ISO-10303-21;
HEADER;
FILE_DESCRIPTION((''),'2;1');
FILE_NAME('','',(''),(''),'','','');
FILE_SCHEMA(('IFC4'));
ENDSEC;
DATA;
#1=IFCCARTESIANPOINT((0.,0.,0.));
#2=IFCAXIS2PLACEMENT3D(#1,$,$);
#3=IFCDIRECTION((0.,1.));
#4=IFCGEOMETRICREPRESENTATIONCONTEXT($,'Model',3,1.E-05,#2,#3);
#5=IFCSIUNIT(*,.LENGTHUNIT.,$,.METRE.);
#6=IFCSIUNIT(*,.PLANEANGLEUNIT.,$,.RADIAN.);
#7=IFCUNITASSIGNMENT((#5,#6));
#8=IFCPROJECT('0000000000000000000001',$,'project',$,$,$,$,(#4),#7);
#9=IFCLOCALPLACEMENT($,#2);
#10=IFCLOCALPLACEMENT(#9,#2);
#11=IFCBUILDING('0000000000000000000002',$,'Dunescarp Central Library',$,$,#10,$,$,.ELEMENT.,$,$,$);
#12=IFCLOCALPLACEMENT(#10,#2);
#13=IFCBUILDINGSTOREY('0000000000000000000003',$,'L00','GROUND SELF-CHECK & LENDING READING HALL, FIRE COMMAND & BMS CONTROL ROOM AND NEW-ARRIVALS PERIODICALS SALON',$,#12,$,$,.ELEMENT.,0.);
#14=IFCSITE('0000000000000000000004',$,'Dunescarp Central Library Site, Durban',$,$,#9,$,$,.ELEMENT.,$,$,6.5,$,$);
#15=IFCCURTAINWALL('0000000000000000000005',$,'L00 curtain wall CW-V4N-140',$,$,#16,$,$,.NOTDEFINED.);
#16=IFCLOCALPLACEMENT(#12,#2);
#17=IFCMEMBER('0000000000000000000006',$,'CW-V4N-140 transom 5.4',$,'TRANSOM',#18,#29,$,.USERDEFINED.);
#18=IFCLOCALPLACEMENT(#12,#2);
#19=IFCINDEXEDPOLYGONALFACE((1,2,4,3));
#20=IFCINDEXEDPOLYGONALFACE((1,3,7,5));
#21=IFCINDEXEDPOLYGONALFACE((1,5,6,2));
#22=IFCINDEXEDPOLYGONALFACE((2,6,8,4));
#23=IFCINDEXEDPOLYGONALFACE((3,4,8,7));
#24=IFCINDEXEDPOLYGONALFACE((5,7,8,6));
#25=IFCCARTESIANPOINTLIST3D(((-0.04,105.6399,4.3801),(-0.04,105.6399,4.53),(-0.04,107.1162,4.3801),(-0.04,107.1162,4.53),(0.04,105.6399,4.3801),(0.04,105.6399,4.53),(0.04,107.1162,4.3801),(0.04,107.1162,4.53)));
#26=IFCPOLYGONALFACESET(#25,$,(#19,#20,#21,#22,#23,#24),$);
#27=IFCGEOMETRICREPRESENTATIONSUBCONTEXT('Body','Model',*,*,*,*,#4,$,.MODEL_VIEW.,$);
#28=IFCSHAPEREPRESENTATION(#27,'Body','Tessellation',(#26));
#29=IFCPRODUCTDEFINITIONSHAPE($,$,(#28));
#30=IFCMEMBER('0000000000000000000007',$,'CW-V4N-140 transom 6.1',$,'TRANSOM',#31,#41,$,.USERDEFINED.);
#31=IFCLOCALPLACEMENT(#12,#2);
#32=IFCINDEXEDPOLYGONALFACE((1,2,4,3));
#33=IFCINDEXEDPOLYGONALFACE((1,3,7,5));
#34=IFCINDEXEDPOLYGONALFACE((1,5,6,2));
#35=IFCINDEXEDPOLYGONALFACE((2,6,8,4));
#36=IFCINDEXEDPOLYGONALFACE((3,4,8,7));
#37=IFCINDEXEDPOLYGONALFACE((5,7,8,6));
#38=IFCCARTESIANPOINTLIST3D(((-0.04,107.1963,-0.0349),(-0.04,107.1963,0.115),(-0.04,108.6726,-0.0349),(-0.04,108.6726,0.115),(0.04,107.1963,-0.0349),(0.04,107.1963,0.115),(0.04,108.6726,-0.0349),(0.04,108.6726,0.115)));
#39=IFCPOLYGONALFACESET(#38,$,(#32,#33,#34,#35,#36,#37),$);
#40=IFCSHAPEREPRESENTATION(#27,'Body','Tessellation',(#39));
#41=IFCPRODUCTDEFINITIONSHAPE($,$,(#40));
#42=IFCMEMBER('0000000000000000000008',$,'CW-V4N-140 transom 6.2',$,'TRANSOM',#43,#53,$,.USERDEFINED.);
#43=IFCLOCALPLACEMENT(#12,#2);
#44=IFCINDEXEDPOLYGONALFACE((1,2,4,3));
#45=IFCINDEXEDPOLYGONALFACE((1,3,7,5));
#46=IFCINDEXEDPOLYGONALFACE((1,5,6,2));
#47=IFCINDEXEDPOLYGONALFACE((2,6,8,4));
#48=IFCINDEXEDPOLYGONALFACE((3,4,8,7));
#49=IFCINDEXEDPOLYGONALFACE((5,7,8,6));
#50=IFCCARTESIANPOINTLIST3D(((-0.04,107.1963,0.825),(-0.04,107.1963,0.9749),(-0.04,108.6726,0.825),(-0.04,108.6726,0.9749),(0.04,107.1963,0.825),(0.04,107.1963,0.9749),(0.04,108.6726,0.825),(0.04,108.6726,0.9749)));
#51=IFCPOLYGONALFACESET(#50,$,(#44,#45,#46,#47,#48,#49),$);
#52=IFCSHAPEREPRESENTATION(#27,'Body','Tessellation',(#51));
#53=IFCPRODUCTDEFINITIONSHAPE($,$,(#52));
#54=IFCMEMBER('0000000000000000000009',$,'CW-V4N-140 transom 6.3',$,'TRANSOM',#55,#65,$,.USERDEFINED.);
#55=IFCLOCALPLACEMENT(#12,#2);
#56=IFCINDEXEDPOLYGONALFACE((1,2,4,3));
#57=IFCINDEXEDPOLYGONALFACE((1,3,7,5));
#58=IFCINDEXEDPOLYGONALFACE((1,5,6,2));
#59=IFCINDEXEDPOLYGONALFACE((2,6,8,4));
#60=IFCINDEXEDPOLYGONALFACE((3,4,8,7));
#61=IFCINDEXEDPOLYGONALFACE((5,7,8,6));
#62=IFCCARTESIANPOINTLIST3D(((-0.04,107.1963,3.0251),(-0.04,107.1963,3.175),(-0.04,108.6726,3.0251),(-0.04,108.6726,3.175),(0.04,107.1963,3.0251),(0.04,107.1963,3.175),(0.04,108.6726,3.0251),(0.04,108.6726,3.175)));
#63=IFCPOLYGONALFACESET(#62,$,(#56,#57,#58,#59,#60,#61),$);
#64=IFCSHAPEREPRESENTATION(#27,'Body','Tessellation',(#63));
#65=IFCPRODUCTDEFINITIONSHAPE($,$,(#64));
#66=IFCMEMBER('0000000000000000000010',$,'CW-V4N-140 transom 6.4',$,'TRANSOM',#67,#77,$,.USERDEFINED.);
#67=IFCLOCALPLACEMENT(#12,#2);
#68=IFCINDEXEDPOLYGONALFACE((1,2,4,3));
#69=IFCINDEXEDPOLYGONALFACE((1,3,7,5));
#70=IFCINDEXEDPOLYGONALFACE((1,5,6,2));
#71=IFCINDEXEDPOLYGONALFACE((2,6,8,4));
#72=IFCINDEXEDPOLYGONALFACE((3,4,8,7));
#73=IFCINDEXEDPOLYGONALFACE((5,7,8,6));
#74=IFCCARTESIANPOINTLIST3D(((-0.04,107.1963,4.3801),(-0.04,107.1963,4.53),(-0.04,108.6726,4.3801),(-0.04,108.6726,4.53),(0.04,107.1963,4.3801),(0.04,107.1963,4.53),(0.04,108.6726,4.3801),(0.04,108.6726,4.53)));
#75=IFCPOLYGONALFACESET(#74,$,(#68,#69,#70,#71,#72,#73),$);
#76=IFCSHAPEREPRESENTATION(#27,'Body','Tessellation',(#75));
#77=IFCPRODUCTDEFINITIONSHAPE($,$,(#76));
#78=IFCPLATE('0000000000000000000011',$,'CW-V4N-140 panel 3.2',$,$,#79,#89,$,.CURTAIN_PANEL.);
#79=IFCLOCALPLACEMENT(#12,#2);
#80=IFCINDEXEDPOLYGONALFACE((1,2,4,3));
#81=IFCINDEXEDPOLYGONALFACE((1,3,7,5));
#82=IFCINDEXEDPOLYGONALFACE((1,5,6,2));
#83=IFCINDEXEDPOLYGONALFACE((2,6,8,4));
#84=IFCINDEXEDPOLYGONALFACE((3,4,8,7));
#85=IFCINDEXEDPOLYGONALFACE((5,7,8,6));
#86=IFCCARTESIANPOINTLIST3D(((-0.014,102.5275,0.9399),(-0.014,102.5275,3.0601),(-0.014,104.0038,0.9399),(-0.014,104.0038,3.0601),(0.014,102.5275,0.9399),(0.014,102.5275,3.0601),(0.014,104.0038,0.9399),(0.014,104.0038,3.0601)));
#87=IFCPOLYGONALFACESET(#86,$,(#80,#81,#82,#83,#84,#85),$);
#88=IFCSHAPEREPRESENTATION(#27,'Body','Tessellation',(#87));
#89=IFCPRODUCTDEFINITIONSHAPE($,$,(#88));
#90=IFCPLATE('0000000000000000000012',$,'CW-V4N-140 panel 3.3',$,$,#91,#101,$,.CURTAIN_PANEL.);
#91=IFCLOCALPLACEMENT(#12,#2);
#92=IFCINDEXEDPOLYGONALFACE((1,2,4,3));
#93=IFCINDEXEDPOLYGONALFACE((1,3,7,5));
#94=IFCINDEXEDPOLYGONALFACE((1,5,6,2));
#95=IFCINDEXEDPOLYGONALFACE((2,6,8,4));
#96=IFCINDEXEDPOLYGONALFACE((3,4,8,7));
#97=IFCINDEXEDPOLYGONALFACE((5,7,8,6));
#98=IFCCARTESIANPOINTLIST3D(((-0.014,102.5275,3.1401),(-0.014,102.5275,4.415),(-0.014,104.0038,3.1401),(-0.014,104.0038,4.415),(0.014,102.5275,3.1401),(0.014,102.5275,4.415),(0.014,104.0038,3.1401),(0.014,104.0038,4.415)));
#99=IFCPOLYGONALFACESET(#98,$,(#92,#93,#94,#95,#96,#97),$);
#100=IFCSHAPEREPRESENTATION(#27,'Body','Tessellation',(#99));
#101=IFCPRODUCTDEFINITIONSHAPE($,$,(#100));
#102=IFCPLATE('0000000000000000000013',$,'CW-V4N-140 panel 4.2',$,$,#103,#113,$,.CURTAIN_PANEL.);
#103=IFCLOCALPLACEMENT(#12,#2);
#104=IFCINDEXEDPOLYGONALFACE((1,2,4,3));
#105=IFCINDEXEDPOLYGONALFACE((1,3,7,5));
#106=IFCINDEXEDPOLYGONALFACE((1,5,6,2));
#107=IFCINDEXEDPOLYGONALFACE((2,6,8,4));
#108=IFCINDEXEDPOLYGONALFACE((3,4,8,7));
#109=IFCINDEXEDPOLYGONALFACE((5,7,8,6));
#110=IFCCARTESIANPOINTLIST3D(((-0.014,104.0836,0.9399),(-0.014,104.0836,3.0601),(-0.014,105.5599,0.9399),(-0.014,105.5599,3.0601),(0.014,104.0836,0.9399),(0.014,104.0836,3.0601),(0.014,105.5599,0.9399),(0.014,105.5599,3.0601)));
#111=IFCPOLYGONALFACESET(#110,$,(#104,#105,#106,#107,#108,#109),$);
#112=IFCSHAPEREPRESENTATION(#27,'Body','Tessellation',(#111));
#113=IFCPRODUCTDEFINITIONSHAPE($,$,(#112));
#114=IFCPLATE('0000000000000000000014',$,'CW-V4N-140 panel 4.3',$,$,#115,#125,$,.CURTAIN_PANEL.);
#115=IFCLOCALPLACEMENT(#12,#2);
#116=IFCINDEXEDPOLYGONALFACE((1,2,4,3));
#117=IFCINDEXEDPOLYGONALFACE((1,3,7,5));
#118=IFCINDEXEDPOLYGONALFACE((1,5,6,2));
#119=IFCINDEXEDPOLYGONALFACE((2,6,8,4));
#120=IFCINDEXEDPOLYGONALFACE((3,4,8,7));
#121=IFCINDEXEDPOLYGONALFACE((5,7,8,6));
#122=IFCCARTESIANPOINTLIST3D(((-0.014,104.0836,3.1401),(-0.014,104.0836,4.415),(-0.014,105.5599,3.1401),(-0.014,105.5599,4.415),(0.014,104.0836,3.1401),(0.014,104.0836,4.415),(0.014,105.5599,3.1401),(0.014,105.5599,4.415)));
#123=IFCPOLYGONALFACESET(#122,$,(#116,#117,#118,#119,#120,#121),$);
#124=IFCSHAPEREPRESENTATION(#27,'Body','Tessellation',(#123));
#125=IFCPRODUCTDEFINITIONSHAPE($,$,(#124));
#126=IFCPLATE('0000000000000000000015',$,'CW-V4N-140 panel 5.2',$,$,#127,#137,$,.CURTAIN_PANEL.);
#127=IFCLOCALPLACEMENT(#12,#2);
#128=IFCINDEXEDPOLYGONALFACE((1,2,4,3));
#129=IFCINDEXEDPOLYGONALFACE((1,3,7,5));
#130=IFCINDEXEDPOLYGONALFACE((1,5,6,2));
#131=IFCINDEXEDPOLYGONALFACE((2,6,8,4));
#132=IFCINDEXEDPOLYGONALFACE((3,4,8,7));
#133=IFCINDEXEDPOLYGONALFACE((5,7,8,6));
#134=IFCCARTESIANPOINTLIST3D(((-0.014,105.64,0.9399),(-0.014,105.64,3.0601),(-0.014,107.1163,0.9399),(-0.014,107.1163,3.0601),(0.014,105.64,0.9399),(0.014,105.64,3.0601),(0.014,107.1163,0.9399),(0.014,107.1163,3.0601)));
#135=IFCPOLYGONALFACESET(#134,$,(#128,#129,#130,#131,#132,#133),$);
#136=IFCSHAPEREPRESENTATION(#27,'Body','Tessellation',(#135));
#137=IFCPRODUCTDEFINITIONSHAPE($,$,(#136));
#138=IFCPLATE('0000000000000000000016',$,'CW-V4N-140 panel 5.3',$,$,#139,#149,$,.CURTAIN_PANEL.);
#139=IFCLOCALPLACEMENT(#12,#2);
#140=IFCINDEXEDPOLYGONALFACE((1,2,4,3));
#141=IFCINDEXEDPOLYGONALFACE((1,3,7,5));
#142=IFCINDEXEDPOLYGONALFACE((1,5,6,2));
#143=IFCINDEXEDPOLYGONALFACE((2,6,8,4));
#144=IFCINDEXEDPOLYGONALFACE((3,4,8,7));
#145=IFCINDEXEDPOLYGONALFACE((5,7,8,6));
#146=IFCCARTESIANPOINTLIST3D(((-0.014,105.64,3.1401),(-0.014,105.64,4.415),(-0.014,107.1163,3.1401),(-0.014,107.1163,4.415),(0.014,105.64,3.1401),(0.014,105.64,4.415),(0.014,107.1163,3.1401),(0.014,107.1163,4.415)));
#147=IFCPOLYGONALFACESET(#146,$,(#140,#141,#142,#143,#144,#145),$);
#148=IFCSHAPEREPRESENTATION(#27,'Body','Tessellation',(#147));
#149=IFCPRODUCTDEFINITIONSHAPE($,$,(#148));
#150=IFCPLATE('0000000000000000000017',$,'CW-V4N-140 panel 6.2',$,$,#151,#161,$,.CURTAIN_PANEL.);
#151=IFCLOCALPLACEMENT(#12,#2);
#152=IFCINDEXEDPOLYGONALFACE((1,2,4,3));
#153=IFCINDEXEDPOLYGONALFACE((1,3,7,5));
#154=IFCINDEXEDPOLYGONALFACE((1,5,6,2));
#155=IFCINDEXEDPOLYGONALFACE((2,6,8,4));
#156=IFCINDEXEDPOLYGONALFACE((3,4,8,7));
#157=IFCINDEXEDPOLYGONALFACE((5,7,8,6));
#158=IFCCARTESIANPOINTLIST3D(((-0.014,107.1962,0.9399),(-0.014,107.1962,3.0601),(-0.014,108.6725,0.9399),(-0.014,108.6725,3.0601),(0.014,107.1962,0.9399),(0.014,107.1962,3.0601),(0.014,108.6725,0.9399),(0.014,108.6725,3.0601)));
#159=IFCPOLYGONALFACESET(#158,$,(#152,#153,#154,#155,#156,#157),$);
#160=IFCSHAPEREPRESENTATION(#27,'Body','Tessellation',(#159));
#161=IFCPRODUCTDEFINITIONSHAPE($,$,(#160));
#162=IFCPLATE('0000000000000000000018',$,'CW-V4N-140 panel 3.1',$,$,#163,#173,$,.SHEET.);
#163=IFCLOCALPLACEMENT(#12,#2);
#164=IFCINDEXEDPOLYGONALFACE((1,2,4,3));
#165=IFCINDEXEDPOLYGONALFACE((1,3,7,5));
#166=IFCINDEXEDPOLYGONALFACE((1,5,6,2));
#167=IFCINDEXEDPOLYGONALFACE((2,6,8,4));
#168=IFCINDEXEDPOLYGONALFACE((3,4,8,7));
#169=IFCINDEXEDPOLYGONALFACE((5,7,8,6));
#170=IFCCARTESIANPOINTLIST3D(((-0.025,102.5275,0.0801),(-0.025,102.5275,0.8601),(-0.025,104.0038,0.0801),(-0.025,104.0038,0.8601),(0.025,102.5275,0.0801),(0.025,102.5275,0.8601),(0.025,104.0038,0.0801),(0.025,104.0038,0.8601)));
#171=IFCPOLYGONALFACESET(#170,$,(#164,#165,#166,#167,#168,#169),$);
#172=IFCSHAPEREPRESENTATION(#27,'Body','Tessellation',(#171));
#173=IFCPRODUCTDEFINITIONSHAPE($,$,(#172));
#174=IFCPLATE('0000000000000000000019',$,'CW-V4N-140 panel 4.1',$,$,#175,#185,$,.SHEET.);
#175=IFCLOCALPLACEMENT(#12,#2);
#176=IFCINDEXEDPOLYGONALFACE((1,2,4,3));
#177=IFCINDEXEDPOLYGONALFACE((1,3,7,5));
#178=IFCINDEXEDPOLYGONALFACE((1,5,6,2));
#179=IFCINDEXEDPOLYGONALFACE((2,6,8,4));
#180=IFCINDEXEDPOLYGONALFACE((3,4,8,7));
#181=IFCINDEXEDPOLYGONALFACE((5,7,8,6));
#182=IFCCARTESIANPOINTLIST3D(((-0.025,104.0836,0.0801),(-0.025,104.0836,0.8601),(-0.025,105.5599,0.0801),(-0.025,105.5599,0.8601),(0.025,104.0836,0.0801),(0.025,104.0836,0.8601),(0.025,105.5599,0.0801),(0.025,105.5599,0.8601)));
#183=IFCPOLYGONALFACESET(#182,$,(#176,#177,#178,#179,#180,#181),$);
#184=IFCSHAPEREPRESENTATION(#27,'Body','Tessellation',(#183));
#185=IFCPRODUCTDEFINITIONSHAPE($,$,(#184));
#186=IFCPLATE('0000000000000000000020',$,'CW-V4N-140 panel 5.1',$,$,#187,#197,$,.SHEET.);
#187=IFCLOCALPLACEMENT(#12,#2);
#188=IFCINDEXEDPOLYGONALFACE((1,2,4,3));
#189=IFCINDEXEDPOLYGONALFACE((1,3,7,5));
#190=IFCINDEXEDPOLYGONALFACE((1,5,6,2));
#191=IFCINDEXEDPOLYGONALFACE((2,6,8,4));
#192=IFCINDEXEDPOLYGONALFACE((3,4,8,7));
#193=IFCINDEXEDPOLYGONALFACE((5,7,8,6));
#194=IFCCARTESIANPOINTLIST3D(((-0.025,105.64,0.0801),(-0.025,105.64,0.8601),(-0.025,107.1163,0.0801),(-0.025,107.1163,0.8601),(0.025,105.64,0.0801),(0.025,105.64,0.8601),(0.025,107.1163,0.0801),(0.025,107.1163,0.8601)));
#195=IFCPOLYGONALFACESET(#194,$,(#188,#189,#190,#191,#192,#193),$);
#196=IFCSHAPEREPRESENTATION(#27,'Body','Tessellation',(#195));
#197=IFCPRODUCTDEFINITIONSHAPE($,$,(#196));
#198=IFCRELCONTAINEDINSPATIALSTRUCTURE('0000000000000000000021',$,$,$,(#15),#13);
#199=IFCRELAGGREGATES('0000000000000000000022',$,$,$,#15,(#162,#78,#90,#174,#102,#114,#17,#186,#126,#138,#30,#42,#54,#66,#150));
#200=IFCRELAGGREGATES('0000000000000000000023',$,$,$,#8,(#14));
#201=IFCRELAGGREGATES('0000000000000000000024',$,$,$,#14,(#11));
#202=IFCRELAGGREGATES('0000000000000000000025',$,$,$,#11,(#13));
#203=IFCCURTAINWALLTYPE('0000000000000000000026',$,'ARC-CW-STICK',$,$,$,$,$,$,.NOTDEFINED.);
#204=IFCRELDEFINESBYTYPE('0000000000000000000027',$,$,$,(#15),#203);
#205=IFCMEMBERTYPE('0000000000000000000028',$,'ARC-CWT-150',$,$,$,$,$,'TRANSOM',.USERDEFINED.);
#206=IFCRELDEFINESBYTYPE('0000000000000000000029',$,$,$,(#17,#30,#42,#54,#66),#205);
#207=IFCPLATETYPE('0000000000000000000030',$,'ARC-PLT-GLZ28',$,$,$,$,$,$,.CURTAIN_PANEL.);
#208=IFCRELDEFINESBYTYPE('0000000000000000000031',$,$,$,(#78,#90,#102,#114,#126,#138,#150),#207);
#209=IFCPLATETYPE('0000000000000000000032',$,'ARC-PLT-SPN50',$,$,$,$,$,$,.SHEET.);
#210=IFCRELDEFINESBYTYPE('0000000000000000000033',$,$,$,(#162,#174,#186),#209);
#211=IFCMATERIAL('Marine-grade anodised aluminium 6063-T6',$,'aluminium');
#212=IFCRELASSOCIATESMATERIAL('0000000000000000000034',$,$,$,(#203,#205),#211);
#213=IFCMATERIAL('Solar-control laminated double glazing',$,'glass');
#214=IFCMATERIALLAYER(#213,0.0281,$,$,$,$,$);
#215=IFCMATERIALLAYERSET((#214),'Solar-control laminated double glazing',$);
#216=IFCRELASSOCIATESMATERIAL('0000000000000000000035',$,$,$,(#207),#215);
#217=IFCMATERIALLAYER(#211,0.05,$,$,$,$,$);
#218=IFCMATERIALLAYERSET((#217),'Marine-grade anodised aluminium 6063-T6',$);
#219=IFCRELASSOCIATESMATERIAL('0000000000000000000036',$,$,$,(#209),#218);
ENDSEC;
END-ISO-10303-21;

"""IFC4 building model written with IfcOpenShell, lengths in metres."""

from ifc_helpers import new_model, si_unit, direction, frame, origin, origin_2d, place, context, subcontext, project, spatial, rectangle, extrude, material, layer, layer_set, material_profile, profile_set, type_object, element, aggregate, save


model = new_model("IFC4")

# Units and contexts
model_context = context("Model", 3, precision=1e-05, world=origin(), true_north=direction((0.0, 1.0)))
body_context = subcontext(model_context, "Body", "Model", "MODEL_VIEW")
ifc_project = project(units=[si_unit("LENGTHUNIT", "METRE"), si_unit("PLANEANGLEUNIT", "RADIAN")], contexts=[model_context])

# Site, building, storey
site_placement = place(None, origin())
site = spatial("IfcSite", under=ifc_project, at=site_placement, Name="Dunescarp Central Library Site, Durban", CompositionType="ELEMENT", RefElevation=6.5)
building_placement = place(site_placement, origin())
building = spatial("IfcBuilding", under=site, at=building_placement, Name="Dunescarp Central Library", CompositionType="ELEMENT")
storey_placement = place(building_placement, origin())
storey = spatial("IfcBuildingStorey", under=building, at=storey_placement, Name="L00", Description="GROUND SELF-CHECK & LENDING READING HALL, FIRE COMMAND & BMS CONTROL ROOM AND NEW-ARRIVALS PERIODICALS SALON", CompositionType="ELEMENT", Elevation=0.0)

# Curtain wall, members, plates
ifc_material_1 = material(Name="Marine-grade anodised aluminium 6063-T6", Category="aluminium")
curtain_wall_type = type_object("IfcCurtainWallType", Name="ARC-CW-STICK", PredefinedType="NOTDEFINED", material=ifc_material_1)
curtain_wall_placement = place(storey_placement, origin())
curtain_wall = element("IfcCurtainWall", 1, at=curtain_wall_placement, inside=storey, type_object=curtain_wall_type, Name="L00 curtain wall CW-V4N-140", PredefinedType="NOTDEFINED")
ifc_material_profile_1 = material_profile(ifc_material_1, rectangle(XDim=0.0801, YDim=0.1499, at=origin_2d()), Name="AL 80x150")
ifc_profile_set_1 = profile_set([ifc_material_profile_1], Name="Marine-grade anodised aluminium 6063-T6")
member_type_1 = type_object("IfcMemberType", Name="ARC-CWT-150", ElementType="TRANSOM", PredefinedType="USERDEFINED", material=ifc_profile_set_1)
member_1_placement = place(storey_placement, frame((0.0, 105.6399, 4.4551), z_axis=(0.0, 1.0, 0.0), x_axis=(-1.0, 0.0, 0.0)))
member_1 = element("IfcMember", 2, at=member_1_placement, type_object=member_type_1, Name="CW-V4N-140 transom 5.4", ObjectType="TRANSOM", PredefinedType="USERDEFINED", context=body_context, shape_type="SweptSolid", body=[
    extrude(rectangle(XDim=0.0801, YDim=0.1499, at=origin_2d()), origin(), (0.0, 0.0, 1.0), 1.4763),
])
member_2_placement = place(storey_placement, frame((0.0, 107.1963, 0.04), z_axis=(0.0, 1.0, 0.0), x_axis=(-1.0, 0.0, 0.0)))
member_2 = element("IfcMember", 3, at=member_2_placement, type_object=member_type_1, Name="CW-V4N-140 transom 6.1", ObjectType="TRANSOM", PredefinedType="USERDEFINED", context=body_context, shape_type="SweptSolid", body=[
    extrude(rectangle(XDim=0.0801, YDim=0.1499, at=origin_2d()), origin(), (0.0, 0.0, 1.0), 1.4763),
])
member_3_placement = place(storey_placement, frame((0.0, 107.1963, 0.8999), z_axis=(0.0, 1.0, 0.0), x_axis=(-1.0, 0.0, 0.0)))
member_3 = element("IfcMember", 4, at=member_3_placement, type_object=member_type_1, Name="CW-V4N-140 transom 6.2", ObjectType="TRANSOM", PredefinedType="USERDEFINED", context=body_context, shape_type="SweptSolid", body=[
    extrude(rectangle(XDim=0.0801, YDim=0.1499, at=origin_2d()), origin(), (0.0, 0.0, 1.0), 1.4763),
])
member_4_placement = place(storey_placement, frame((0.0, 107.1963, 3.1001), z_axis=(0.0, 1.0, 0.0), x_axis=(-1.0, 0.0, 0.0)))
member_4 = element("IfcMember", 5, at=member_4_placement, type_object=member_type_1, Name="CW-V4N-140 transom 6.3", ObjectType="TRANSOM", PredefinedType="USERDEFINED", context=body_context, shape_type="SweptSolid", body=[
    extrude(rectangle(XDim=0.0801, YDim=0.1499, at=origin_2d()), origin(), (0.0, 0.0, 1.0), 1.4763),
])
member_5_placement = place(storey_placement, frame((0.0, 107.1963, 4.4551), z_axis=(0.0, 1.0, 0.0), x_axis=(-1.0, 0.0, 0.0)))
member_5 = element("IfcMember", 6, at=member_5_placement, type_object=member_type_1, Name="CW-V4N-140 transom 6.4", ObjectType="TRANSOM", PredefinedType="USERDEFINED", context=body_context, shape_type="SweptSolid", body=[
    extrude(rectangle(XDim=0.0801, YDim=0.1499, at=origin_2d()), origin(), (0.0, 0.0, 1.0), 1.4763),
])
ifc_material_2 = material(Name="Solar-control laminated double glazing", Category="glass")
ifc_layer_1 = layer(ifc_material_2, 0.0281)
ifc_layer_set_1 = layer_set([ifc_layer_1], Name="Solar-control laminated double glazing")
plate_type_1 = type_object("IfcPlateType", Name="ARC-PLT-GLZ28", PredefinedType="CURTAIN_PANEL", material=ifc_layer_set_1)
plate_1_placement = place(storey_placement, frame((0.0, 103.2656, 0.9399), z_axis=(0.0, 0.0, 1.0), x_axis=(0.0, 1.0, 0.0)))
plate_1 = element("IfcPlate", 7, at=plate_1_placement, type_object=plate_type_1, Name="CW-V4N-140 panel 3.2", PredefinedType="CURTAIN_PANEL", context=body_context, shape_type="SweptSolid", body=[
    extrude(rectangle(XDim=1.4763, YDim=0.0281, at=origin_2d()), origin(), (0.0, 0.0, 1.0), 2.1201),
])
plate_2_placement = place(storey_placement, frame((0.0, 103.2656, 3.1401), z_axis=(0.0, 0.0, 1.0), x_axis=(0.0, 1.0, 0.0)))
plate_2 = element("IfcPlate", 8, at=plate_2_placement, type_object=plate_type_1, Name="CW-V4N-140 panel 3.3", PredefinedType="CURTAIN_PANEL", context=body_context, shape_type="SweptSolid", body=[
    extrude(rectangle(XDim=1.4763, YDim=0.0281, at=origin_2d()), origin(), (0.0, 0.0, 1.0), 1.2749),
])
plate_3_placement = place(storey_placement, frame((0.0, 104.8218, 0.9399), z_axis=(0.0, 0.0, 1.0), x_axis=(0.0, 1.0, 0.0)))
plate_3 = element("IfcPlate", 9, at=plate_3_placement, type_object=plate_type_1, Name="CW-V4N-140 panel 4.2", PredefinedType="CURTAIN_PANEL", context=body_context, shape_type="SweptSolid", body=[
    extrude(rectangle(XDim=1.4763, YDim=0.0281, at=origin_2d()), origin(), (0.0, 0.0, 1.0), 2.1201),
])
plate_4_placement = place(storey_placement, frame((0.0, 104.8218, 3.1401), z_axis=(0.0, 0.0, 1.0), x_axis=(0.0, 1.0, 0.0)))
plate_4 = element("IfcPlate", 10, at=plate_4_placement, type_object=plate_type_1, Name="CW-V4N-140 panel 4.3", PredefinedType="CURTAIN_PANEL", context=body_context, shape_type="SweptSolid", body=[
    extrude(rectangle(XDim=1.4763, YDim=0.0281, at=origin_2d()), origin(), (0.0, 0.0, 1.0), 1.2749),
])
plate_5_placement = place(storey_placement, frame((0.0, 106.3782, 0.9399), z_axis=(0.0, 0.0, 1.0), x_axis=(0.0, 1.0, 0.0)))
plate_5 = element("IfcPlate", 11, at=plate_5_placement, type_object=plate_type_1, Name="CW-V4N-140 panel 5.2", PredefinedType="CURTAIN_PANEL", context=body_context, shape_type="SweptSolid", body=[
    extrude(rectangle(XDim=1.4763, YDim=0.0281, at=origin_2d()), origin(), (0.0, 0.0, 1.0), 2.1201),
])
plate_6_placement = place(storey_placement, frame((0.0, 106.3782, 3.1401), z_axis=(0.0, 0.0, 1.0), x_axis=(0.0, 1.0, 0.0)))
plate_6 = element("IfcPlate", 12, at=plate_6_placement, type_object=plate_type_1, Name="CW-V4N-140 panel 5.3", PredefinedType="CURTAIN_PANEL", context=body_context, shape_type="SweptSolid", body=[
    extrude(rectangle(XDim=1.4763, YDim=0.0281, at=origin_2d()), origin(), (0.0, 0.0, 1.0), 1.2749),
])
plate_7_placement = place(storey_placement, frame((0.0, 107.9343, 0.9399), z_axis=(0.0, 0.0, 1.0), x_axis=(0.0, 1.0, 0.0)))
plate_7 = element("IfcPlate", 13, at=plate_7_placement, type_object=plate_type_1, Name="CW-V4N-140 panel 6.2", PredefinedType="CURTAIN_PANEL", context=body_context, shape_type="SweptSolid", body=[
    extrude(rectangle(XDim=1.4763, YDim=0.0281, at=origin_2d()), origin(), (0.0, 0.0, 1.0), 2.1201),
])
ifc_layer_2 = layer(ifc_material_1, 0.05)
ifc_layer_set_2 = layer_set([ifc_layer_2], Name="Marine-grade anodised aluminium 6063-T6")
plate_type_2 = type_object("IfcPlateType", Name="ARC-PLT-SPN50", PredefinedType="SHEET", material=ifc_layer_set_2)
plate_8_placement = place(storey_placement, frame((0.0, 103.2656, 0.0801), z_axis=(0.0, 0.0, 1.0), x_axis=(0.0, 1.0, 0.0)))
plate_8 = element("IfcPlate", 14, at=plate_8_placement, type_object=plate_type_2, Name="CW-V4N-140 panel 3.1", PredefinedType="SHEET", context=body_context, shape_type="SweptSolid", body=[
    extrude(rectangle(XDim=1.4763, YDim=0.05, at=origin_2d()), origin(), (0.0, 0.0, 1.0), 0.78),
])
plate_9_placement = place(storey_placement, frame((0.0, 104.8218, 0.0801), z_axis=(0.0, 0.0, 1.0), x_axis=(0.0, 1.0, 0.0)))
plate_9 = element("IfcPlate", 15, at=plate_9_placement, type_object=plate_type_2, Name="CW-V4N-140 panel 4.1", PredefinedType="SHEET", context=body_context, shape_type="SweptSolid", body=[
    extrude(rectangle(XDim=1.4763, YDim=0.05, at=origin_2d()), origin(), (0.0, 0.0, 1.0), 0.78),
])
plate_10_placement = place(storey_placement, frame((0.0, 106.3782, 0.0801), z_axis=(0.0, 0.0, 1.0), x_axis=(0.0, 1.0, 0.0)))
plate_10 = element("IfcPlate", 16, at=plate_10_placement, type_object=plate_type_2, Name="CW-V4N-140 panel 5.1", PredefinedType="SHEET", context=body_context, shape_type="SweptSolid", body=[
    extrude(rectangle(XDim=1.4763, YDim=0.05, at=origin_2d()), origin(), (0.0, 0.0, 1.0), 0.78),
])
aggregate(curtain_wall, [plate_8, plate_1, plate_2, plate_9, plate_3, plate_4, member_1, plate_10, plate_5, plate_6, member_2, member_3, member_4, member_5, plate_7])

save(model, "model.ifc")
